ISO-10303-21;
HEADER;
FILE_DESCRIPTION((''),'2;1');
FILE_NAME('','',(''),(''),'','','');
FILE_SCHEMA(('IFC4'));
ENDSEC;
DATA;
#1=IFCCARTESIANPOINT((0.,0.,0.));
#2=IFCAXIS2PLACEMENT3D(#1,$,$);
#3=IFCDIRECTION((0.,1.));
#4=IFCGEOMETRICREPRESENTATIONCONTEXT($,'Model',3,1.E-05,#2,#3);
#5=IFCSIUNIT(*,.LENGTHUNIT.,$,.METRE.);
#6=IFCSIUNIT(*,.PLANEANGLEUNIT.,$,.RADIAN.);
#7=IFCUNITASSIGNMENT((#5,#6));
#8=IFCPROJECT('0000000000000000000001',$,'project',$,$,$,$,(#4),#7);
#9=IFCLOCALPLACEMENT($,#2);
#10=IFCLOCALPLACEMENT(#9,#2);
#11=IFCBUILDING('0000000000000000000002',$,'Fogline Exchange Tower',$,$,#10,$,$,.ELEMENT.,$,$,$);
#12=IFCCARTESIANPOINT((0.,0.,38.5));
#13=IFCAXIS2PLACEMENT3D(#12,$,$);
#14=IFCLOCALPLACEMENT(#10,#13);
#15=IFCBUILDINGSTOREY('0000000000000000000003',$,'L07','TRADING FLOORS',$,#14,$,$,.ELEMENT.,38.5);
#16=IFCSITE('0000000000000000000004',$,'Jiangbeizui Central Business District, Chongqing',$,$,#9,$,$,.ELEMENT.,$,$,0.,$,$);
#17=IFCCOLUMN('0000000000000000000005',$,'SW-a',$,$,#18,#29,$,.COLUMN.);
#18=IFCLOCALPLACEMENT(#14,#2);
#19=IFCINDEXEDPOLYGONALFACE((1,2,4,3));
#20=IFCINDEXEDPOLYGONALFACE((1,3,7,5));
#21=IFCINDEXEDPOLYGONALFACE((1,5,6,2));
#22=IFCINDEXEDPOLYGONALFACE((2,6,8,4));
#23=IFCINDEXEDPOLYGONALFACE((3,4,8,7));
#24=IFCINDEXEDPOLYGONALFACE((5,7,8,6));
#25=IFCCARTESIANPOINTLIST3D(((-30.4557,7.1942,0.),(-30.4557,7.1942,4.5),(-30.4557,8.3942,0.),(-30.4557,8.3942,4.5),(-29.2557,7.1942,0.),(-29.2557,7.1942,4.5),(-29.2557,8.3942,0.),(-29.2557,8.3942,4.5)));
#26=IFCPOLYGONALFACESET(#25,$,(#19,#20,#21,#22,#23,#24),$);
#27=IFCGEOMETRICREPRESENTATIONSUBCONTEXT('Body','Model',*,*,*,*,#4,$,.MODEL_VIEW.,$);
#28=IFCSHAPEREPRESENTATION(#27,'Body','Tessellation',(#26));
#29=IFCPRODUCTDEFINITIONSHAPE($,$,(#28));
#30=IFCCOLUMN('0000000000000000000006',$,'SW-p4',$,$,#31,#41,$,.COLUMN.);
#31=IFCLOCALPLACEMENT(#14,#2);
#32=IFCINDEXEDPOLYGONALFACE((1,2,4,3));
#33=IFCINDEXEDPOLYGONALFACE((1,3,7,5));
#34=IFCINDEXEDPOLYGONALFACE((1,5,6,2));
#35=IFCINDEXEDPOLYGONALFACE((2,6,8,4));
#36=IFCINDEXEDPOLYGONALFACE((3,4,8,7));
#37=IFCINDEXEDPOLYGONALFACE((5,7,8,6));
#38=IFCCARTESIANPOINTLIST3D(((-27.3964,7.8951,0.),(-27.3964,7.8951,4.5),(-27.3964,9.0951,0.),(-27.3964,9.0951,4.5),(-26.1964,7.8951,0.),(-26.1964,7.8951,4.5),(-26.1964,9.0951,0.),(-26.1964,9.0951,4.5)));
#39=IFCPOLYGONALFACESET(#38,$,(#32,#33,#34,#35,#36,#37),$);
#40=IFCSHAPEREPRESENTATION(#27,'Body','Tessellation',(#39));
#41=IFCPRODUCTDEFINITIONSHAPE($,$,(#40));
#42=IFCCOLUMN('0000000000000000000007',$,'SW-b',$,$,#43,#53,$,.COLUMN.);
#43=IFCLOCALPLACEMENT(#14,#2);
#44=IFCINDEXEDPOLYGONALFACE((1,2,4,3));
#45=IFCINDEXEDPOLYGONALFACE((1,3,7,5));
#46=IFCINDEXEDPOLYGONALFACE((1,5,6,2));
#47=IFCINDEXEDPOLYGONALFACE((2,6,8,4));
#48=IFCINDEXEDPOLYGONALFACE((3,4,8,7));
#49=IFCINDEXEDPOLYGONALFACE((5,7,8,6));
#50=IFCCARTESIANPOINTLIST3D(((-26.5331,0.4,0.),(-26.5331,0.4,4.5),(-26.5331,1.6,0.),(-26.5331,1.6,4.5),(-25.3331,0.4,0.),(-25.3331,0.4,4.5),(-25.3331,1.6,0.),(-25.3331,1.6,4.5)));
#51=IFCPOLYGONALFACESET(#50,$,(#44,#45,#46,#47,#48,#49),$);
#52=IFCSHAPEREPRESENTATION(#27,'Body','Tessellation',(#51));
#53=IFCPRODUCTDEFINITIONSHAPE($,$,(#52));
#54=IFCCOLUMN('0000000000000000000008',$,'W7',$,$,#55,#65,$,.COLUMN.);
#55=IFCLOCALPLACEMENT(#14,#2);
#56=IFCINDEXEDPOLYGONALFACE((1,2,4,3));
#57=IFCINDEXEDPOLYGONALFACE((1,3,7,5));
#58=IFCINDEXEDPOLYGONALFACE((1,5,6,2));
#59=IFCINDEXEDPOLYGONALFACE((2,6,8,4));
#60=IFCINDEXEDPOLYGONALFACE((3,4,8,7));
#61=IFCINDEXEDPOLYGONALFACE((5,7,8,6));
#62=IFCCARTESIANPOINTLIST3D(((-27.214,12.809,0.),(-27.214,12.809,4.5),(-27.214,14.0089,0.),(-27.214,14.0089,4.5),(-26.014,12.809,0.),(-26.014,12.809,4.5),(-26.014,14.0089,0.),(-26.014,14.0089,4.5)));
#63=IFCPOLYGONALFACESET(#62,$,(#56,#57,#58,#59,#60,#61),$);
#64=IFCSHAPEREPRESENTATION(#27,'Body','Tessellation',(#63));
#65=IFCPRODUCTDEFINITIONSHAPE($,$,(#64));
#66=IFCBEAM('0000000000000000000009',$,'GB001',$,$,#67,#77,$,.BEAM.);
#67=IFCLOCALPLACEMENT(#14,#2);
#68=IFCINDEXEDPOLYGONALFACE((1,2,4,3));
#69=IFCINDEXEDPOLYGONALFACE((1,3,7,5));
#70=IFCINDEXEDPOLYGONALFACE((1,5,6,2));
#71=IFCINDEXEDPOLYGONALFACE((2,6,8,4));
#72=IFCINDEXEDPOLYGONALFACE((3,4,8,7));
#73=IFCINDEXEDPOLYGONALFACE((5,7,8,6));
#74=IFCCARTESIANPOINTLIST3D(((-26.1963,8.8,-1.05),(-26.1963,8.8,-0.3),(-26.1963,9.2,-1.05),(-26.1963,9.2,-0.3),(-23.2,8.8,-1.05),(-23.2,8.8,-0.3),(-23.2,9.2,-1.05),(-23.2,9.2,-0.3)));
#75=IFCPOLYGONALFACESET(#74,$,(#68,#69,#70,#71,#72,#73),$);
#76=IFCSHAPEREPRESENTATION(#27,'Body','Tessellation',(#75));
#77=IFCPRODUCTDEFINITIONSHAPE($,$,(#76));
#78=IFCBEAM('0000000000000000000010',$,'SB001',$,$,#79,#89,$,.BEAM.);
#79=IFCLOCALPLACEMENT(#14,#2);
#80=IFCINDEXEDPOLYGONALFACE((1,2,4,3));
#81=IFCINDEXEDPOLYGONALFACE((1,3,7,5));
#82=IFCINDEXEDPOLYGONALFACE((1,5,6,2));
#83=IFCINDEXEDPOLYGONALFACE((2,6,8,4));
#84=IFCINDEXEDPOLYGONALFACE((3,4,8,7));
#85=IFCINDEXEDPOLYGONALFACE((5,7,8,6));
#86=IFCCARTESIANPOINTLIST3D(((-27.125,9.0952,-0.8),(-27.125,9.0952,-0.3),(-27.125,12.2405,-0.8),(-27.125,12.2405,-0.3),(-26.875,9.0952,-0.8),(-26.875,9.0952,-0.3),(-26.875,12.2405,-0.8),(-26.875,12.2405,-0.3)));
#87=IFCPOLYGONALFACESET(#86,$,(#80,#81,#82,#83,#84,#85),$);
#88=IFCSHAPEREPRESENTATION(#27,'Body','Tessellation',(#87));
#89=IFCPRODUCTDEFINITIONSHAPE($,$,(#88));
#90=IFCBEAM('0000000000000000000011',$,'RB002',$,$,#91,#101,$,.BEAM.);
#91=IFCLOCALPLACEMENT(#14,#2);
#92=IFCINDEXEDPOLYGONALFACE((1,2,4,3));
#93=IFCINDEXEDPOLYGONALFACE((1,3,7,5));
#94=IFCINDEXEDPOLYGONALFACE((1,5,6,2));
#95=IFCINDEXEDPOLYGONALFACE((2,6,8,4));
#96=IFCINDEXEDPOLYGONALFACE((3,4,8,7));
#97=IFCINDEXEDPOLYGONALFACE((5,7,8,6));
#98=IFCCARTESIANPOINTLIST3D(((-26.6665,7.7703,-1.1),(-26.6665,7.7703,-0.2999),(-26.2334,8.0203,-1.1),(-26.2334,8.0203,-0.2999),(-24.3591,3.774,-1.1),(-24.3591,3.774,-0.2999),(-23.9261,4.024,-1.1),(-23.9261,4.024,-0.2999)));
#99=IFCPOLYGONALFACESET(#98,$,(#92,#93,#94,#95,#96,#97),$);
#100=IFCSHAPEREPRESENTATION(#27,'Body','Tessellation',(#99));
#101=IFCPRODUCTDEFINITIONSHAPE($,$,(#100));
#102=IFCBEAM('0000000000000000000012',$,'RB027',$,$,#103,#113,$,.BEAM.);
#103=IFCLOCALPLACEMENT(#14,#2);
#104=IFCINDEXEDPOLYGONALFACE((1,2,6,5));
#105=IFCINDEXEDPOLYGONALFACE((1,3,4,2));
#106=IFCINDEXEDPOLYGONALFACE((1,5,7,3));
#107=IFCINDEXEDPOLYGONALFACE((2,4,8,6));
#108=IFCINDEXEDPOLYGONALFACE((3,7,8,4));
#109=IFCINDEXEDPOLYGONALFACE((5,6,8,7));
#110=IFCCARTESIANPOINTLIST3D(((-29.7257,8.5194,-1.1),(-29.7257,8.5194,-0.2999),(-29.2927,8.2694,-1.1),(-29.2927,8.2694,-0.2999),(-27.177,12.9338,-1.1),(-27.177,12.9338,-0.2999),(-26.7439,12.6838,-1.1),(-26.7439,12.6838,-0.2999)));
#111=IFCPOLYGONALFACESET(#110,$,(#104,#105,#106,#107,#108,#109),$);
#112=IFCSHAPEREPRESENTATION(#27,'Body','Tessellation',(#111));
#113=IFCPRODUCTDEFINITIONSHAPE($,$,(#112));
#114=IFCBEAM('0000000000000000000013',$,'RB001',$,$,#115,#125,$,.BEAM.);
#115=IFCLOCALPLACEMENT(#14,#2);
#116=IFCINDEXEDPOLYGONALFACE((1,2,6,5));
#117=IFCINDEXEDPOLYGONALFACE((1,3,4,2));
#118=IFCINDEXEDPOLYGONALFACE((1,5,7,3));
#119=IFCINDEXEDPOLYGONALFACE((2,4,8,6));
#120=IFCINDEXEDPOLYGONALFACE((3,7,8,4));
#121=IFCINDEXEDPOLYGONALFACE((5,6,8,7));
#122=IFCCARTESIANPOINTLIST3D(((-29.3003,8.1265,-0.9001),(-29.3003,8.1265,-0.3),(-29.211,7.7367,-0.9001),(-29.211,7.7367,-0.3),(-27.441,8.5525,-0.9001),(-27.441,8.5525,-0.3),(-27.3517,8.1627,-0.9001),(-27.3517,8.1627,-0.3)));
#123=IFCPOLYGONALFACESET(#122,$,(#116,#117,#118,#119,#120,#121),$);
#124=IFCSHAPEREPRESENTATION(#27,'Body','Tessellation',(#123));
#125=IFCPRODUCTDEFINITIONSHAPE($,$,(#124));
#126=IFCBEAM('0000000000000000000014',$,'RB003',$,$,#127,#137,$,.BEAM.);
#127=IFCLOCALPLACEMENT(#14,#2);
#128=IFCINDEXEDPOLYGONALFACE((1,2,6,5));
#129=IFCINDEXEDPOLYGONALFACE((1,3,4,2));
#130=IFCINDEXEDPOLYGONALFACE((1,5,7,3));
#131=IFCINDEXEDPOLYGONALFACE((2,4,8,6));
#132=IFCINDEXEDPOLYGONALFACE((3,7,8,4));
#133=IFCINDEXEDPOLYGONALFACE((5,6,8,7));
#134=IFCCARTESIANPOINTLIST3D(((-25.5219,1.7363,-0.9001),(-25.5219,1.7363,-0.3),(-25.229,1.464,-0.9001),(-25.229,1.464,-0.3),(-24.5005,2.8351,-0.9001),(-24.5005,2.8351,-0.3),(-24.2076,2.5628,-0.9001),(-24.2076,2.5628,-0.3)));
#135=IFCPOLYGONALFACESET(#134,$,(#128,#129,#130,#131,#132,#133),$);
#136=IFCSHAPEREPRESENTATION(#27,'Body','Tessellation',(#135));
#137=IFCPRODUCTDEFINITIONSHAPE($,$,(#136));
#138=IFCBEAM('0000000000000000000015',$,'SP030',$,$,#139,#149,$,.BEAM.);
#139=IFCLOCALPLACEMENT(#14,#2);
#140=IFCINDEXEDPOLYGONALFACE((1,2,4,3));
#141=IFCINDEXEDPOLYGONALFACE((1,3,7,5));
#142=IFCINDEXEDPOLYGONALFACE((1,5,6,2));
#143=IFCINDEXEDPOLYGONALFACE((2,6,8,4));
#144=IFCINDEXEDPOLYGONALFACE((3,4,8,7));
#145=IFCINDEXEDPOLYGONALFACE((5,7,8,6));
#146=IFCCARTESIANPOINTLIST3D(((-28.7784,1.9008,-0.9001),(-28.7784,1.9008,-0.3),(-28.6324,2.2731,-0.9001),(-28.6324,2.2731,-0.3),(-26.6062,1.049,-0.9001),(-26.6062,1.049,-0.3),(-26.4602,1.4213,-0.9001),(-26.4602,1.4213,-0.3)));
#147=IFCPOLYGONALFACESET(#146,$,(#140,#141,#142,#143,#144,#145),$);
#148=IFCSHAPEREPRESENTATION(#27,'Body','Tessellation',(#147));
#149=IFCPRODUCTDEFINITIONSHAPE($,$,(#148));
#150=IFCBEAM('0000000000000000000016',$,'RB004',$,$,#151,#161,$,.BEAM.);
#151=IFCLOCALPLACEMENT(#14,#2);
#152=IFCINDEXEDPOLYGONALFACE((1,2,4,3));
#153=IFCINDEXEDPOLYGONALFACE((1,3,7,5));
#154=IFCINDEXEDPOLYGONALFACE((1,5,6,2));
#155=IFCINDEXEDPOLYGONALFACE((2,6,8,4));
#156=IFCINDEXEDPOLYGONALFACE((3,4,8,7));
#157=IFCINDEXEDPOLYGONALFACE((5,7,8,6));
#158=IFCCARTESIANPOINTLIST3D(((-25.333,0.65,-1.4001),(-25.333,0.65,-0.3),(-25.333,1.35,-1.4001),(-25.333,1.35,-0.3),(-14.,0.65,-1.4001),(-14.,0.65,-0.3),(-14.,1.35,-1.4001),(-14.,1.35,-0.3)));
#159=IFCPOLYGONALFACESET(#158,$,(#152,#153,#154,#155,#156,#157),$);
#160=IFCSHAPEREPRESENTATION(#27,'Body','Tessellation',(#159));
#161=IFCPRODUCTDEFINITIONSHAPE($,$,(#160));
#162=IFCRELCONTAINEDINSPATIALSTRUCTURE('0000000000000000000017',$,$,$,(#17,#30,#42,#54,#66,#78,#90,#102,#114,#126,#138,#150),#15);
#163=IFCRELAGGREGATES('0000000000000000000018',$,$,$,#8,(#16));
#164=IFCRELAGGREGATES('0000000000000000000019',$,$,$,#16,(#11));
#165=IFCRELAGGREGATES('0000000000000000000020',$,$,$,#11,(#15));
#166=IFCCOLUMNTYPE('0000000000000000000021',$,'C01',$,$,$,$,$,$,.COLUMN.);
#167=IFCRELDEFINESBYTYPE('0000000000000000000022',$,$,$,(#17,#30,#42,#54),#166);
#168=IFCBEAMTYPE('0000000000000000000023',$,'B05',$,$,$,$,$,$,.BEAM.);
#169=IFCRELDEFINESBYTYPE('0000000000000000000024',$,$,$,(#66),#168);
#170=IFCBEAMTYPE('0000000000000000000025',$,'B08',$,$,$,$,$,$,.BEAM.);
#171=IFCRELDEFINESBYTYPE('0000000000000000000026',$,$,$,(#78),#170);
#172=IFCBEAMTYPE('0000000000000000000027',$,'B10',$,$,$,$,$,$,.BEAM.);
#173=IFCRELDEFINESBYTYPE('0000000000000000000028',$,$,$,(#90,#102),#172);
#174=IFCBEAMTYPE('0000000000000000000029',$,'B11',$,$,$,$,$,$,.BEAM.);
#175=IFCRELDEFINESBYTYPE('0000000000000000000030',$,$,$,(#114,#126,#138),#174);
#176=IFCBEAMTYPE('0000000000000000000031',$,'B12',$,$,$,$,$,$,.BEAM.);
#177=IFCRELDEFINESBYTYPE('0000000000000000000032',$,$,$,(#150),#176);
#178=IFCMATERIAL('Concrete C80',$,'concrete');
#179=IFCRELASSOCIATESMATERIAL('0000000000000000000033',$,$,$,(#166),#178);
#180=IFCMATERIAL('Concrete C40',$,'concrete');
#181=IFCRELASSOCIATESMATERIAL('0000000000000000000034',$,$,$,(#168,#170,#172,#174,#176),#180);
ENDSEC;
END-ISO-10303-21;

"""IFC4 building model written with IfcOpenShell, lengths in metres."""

from ifc_helpers import new_model, si_unit, direction, frame, origin, origin_2d, place, context, subcontext, project, spatial, rectangle, extrude, material, material_profile, profile_set, type_object, element, save


model = new_model("IFC4")

# Units and contexts
model_context = context("Model", 3, precision=1e-05, world=origin(), true_north=direction((0.0, 1.0)))
body_context = subcontext(model_context, "Body", "Model", "MODEL_VIEW")
ifc_project = project(units=[si_unit("LENGTHUNIT", "METRE"), si_unit("PLANEANGLEUNIT", "RADIAN")], contexts=[model_context])

# Site, building, storey
site_placement = place(None, origin())
site = spatial("IfcSite", under=ifc_project, at=site_placement, Name="Jiangbeizui Central Business District, Chongqing", CompositionType="ELEMENT", RefElevation=0.0)
building_placement = place(site_placement, origin())
building = spatial("IfcBuilding", under=site, at=building_placement, Name="Fogline Exchange Tower", CompositionType="ELEMENT")
storey_placement = place(building_placement, frame((0.0, 0.0, 38.5)))
storey = spatial("IfcBuildingStorey", under=building, at=storey_placement, Name="L07", Description="TRADING FLOORS", CompositionType="ELEMENT", Elevation=38.5)

# Columns
ifc_material_1 = material(Name="Concrete C80", Category="concrete")
ifc_material_profile_1 = material_profile(ifc_material_1, rectangle(XDim=1.2, YDim=1.2, at=origin_2d()), Name="RC 1200x1200")
ifc_profile_set_1 = profile_set([ifc_material_profile_1], Name="Concrete C80")
column_type = type_object("IfcColumnType", Name="C01", PredefinedType="COLUMN", material=ifc_profile_set_1)
for number, where, z_axis, x_axis, name in (
    (1, (-29.8557, 7.7942, 0.0), (0.0, 0.0, 1.0), (1.0, 0.0, 0.0), "SW-a"),
    (2, (-26.7964, 8.4951, 0.0), (0.0, 0.0, 1.0), (1.0, 0.0, 0.0), "SW-p4"),
    (3, (-25.9331, 1.0, 0.0), (0.0, 0.0, 1.0), (1.0, 0.0, 0.0), "SW-b"),
    (4, (-26.614, 13.4089, 0.0), (0.0, 0.0, 1.0), (1.0, 0.0, 0.0), "W7"),
):
    element("IfcColumn", number, at=place(storey_placement, frame(where, z_axis=z_axis, x_axis=x_axis)), inside=storey, type_object=column_type, Name=name, PredefinedType="COLUMN", context=body_context, shape_type="SweptSolid", body=[
        extrude(rectangle(XDim=1.2, YDim=1.2, at=origin_2d()), origin(), (0.0, 0.0, 1.0), 4.5),
    ])

# Beams
ifc_material_2 = material(Name="Concrete C40", Category="concrete")
ifc_material_profile_2 = material_profile(ifc_material_2, rectangle(XDim=0.3999, YDim=0.75, at=origin_2d()), Name="RC 400x750")
ifc_profile_set_2 = profile_set([ifc_material_profile_2], Name="Concrete C40")
beam_type_1 = type_object("IfcBeamType", Name="B05", PredefinedType="BEAM", material=ifc_profile_set_2)
beam_1_placement = place(storey_placement, frame((-26.1963, 9.0, -0.675), z_axis=(1.0, 0.0, 0.0), x_axis=(0.0, 1.0, 0.0)))
element("IfcBeam", 5, at=beam_1_placement, inside=storey, type_object=beam_type_1, Name="GB001", PredefinedType="BEAM", context=body_context, shape_type="SweptSolid", body=[
    extrude(rectangle(XDim=0.3999, YDim=0.75, at=origin_2d()), origin(), (0.0, 0.0, 1.0), 2.9963),
])
ifc_material_profile_3 = material_profile(ifc_material_2, rectangle(XDim=0.25, YDim=0.5, at=origin_2d()), Name="RC 250x500")
ifc_profile_set_3 = profile_set([ifc_material_profile_3], Name="Concrete C40")
beam_type_2 = type_object("IfcBeamType", Name="B08", PredefinedType="BEAM", material=ifc_profile_set_3)
beam_2_placement = place(storey_placement, frame((-27.0, 9.0952, -0.55), z_axis=(0.0, 1.0, 0.0), x_axis=(-1.0, 0.0, 0.0)))
element("IfcBeam", 6, at=beam_2_placement, inside=storey, type_object=beam_type_2, Name="SB001", PredefinedType="BEAM", context=body_context, shape_type="SweptSolid", body=[
    extrude(rectangle(XDim=0.25, YDim=0.5, at=origin_2d()), origin(), (0.0, 0.0, 1.0), 3.1453),
])
ifc_material_profile_4 = material_profile(ifc_material_2, rectangle(XDim=0.5, YDim=0.8, at=origin_2d()), Name="RC 500x800")
ifc_profile_set_4 = profile_set([ifc_material_profile_4], Name="Concrete C40")
beam_type_3 = type_object("IfcBeamType", Name="B10", PredefinedType="BEAM", material=ifc_profile_set_4)
beam_3_placement = place(storey_placement, frame((-26.45, 7.8953, -0.7), z_axis=(0.500014, -0.866017, 0.0), x_axis=(0.866017, 0.500014, 0.0)))
element("IfcBeam", 7, at=beam_3_placement, inside=storey, type_object=beam_type_3, Name="RB002", PredefinedType="BEAM", context=body_context, shape_type="SweptSolid", body=[
    extrude(rectangle(XDim=0.5, YDim=0.8, at=origin_2d()), origin(), (0.0, 0.0, 1.0), 4.6145),
])
beam_4_placement = place(storey_placement, frame((-26.9604, 12.8088, -0.7), z_axis=(-0.500013, -0.866018, 0.0), x_axis=(0.866018, -0.500013, 0.0)))
element("IfcBeam", 8, at=beam_4_placement, inside=storey, type_object=beam_type_3, Name="RB027", PredefinedType="BEAM", context=body_context, shape_type="SweptSolid", body=[
    extrude(rectangle(XDim=0.5, YDim=0.8, at=origin_2d()), origin(), (0.0, 0.0, 1.0), 5.0974),
])
ifc_material_profile_5 = material_profile(ifc_material_2, rectangle(XDim=0.3999, YDim=0.6001, at=origin_2d()), Name="RC 400x600")
ifc_profile_set_5 = profile_set([ifc_material_profile_5], Name="Concrete C40")
beam_type_4 = type_object("IfcBeamType", Name="B11", PredefinedType="BEAM", material=ifc_profile_set_5)
beam_5_placement = place(storey_placement, frame((-29.2556, 7.9316, -0.6001), z_axis=(0.974742, 0.223336, 0.0), x_axis=(-0.223336, 0.974742, 0.0)))
element("IfcBeam", 9, at=beam_5_placement, inside=storey, type_object=beam_type_4, Name="RB001", PredefinedType="BEAM", context=body_context, shape_type="SweptSolid", body=[
    extrude(rectangle(XDim=0.3999, YDim=0.6001, at=origin_2d()), origin(), (0.0, 0.0, 1.0), 1.9075),
])
beam_6_placement = place(storey_placement, frame((-24.354, 2.699, -0.6001), z_axis=(-0.680844, -0.732428, 0.0), x_axis=(0.732428, -0.680844, 0.0)))
element("IfcBeam", 10, at=beam_6_placement, inside=storey, type_object=beam_type_4, Name="RB003", PredefinedType="BEAM", context=body_context, shape_type="SweptSolid", body=[
    extrude(rectangle(XDim=0.3999, YDim=0.6001, at=origin_2d()), origin(), (0.0, 0.0, 1.0), 1.5002),
])
beam_7_placement = place(storey_placement, frame((-26.5332, 1.2351, -0.6001), z_axis=(-0.930974, 0.365086, 0.0), x_axis=(-0.365086, -0.930974, 0.0)))
element("IfcBeam", 11, at=beam_7_placement, inside=storey, type_object=beam_type_4, Name="SP030", PredefinedType="BEAM", context=body_context, shape_type="SweptSolid", body=[
    extrude(rectangle(XDim=0.3999, YDim=0.6001, at=origin_2d()), origin(), (0.0, 0.0, 1.0), 2.3333),
])
ifc_material_profile_6 = material_profile(ifc_material_2, rectangle(XDim=0.7, YDim=1.1001, at=origin_2d()), Name="RC 700x1100")
ifc_profile_set_6 = profile_set([ifc_material_profile_6], Name="Concrete C40")
beam_type_5 = type_object("IfcBeamType", Name="B12", PredefinedType="BEAM", material=ifc_profile_set_6)
beam_8_placement = place(storey_placement, frame((-25.333, 1.0, -0.8501), z_axis=(1.0, 0.0, 0.0), x_axis=(0.0, 1.0, 0.0)))
element("IfcBeam", 12, at=beam_8_placement, inside=storey, type_object=beam_type_5, Name="RB004", PredefinedType="BEAM", context=body_context, shape_type="SweptSolid", body=[
    extrude(rectangle(XDim=0.7, YDim=1.1001, at=origin_2d()), origin(), (0.0, 0.0, 1.0), 11.333),
])

save(model, "model.ifc")
